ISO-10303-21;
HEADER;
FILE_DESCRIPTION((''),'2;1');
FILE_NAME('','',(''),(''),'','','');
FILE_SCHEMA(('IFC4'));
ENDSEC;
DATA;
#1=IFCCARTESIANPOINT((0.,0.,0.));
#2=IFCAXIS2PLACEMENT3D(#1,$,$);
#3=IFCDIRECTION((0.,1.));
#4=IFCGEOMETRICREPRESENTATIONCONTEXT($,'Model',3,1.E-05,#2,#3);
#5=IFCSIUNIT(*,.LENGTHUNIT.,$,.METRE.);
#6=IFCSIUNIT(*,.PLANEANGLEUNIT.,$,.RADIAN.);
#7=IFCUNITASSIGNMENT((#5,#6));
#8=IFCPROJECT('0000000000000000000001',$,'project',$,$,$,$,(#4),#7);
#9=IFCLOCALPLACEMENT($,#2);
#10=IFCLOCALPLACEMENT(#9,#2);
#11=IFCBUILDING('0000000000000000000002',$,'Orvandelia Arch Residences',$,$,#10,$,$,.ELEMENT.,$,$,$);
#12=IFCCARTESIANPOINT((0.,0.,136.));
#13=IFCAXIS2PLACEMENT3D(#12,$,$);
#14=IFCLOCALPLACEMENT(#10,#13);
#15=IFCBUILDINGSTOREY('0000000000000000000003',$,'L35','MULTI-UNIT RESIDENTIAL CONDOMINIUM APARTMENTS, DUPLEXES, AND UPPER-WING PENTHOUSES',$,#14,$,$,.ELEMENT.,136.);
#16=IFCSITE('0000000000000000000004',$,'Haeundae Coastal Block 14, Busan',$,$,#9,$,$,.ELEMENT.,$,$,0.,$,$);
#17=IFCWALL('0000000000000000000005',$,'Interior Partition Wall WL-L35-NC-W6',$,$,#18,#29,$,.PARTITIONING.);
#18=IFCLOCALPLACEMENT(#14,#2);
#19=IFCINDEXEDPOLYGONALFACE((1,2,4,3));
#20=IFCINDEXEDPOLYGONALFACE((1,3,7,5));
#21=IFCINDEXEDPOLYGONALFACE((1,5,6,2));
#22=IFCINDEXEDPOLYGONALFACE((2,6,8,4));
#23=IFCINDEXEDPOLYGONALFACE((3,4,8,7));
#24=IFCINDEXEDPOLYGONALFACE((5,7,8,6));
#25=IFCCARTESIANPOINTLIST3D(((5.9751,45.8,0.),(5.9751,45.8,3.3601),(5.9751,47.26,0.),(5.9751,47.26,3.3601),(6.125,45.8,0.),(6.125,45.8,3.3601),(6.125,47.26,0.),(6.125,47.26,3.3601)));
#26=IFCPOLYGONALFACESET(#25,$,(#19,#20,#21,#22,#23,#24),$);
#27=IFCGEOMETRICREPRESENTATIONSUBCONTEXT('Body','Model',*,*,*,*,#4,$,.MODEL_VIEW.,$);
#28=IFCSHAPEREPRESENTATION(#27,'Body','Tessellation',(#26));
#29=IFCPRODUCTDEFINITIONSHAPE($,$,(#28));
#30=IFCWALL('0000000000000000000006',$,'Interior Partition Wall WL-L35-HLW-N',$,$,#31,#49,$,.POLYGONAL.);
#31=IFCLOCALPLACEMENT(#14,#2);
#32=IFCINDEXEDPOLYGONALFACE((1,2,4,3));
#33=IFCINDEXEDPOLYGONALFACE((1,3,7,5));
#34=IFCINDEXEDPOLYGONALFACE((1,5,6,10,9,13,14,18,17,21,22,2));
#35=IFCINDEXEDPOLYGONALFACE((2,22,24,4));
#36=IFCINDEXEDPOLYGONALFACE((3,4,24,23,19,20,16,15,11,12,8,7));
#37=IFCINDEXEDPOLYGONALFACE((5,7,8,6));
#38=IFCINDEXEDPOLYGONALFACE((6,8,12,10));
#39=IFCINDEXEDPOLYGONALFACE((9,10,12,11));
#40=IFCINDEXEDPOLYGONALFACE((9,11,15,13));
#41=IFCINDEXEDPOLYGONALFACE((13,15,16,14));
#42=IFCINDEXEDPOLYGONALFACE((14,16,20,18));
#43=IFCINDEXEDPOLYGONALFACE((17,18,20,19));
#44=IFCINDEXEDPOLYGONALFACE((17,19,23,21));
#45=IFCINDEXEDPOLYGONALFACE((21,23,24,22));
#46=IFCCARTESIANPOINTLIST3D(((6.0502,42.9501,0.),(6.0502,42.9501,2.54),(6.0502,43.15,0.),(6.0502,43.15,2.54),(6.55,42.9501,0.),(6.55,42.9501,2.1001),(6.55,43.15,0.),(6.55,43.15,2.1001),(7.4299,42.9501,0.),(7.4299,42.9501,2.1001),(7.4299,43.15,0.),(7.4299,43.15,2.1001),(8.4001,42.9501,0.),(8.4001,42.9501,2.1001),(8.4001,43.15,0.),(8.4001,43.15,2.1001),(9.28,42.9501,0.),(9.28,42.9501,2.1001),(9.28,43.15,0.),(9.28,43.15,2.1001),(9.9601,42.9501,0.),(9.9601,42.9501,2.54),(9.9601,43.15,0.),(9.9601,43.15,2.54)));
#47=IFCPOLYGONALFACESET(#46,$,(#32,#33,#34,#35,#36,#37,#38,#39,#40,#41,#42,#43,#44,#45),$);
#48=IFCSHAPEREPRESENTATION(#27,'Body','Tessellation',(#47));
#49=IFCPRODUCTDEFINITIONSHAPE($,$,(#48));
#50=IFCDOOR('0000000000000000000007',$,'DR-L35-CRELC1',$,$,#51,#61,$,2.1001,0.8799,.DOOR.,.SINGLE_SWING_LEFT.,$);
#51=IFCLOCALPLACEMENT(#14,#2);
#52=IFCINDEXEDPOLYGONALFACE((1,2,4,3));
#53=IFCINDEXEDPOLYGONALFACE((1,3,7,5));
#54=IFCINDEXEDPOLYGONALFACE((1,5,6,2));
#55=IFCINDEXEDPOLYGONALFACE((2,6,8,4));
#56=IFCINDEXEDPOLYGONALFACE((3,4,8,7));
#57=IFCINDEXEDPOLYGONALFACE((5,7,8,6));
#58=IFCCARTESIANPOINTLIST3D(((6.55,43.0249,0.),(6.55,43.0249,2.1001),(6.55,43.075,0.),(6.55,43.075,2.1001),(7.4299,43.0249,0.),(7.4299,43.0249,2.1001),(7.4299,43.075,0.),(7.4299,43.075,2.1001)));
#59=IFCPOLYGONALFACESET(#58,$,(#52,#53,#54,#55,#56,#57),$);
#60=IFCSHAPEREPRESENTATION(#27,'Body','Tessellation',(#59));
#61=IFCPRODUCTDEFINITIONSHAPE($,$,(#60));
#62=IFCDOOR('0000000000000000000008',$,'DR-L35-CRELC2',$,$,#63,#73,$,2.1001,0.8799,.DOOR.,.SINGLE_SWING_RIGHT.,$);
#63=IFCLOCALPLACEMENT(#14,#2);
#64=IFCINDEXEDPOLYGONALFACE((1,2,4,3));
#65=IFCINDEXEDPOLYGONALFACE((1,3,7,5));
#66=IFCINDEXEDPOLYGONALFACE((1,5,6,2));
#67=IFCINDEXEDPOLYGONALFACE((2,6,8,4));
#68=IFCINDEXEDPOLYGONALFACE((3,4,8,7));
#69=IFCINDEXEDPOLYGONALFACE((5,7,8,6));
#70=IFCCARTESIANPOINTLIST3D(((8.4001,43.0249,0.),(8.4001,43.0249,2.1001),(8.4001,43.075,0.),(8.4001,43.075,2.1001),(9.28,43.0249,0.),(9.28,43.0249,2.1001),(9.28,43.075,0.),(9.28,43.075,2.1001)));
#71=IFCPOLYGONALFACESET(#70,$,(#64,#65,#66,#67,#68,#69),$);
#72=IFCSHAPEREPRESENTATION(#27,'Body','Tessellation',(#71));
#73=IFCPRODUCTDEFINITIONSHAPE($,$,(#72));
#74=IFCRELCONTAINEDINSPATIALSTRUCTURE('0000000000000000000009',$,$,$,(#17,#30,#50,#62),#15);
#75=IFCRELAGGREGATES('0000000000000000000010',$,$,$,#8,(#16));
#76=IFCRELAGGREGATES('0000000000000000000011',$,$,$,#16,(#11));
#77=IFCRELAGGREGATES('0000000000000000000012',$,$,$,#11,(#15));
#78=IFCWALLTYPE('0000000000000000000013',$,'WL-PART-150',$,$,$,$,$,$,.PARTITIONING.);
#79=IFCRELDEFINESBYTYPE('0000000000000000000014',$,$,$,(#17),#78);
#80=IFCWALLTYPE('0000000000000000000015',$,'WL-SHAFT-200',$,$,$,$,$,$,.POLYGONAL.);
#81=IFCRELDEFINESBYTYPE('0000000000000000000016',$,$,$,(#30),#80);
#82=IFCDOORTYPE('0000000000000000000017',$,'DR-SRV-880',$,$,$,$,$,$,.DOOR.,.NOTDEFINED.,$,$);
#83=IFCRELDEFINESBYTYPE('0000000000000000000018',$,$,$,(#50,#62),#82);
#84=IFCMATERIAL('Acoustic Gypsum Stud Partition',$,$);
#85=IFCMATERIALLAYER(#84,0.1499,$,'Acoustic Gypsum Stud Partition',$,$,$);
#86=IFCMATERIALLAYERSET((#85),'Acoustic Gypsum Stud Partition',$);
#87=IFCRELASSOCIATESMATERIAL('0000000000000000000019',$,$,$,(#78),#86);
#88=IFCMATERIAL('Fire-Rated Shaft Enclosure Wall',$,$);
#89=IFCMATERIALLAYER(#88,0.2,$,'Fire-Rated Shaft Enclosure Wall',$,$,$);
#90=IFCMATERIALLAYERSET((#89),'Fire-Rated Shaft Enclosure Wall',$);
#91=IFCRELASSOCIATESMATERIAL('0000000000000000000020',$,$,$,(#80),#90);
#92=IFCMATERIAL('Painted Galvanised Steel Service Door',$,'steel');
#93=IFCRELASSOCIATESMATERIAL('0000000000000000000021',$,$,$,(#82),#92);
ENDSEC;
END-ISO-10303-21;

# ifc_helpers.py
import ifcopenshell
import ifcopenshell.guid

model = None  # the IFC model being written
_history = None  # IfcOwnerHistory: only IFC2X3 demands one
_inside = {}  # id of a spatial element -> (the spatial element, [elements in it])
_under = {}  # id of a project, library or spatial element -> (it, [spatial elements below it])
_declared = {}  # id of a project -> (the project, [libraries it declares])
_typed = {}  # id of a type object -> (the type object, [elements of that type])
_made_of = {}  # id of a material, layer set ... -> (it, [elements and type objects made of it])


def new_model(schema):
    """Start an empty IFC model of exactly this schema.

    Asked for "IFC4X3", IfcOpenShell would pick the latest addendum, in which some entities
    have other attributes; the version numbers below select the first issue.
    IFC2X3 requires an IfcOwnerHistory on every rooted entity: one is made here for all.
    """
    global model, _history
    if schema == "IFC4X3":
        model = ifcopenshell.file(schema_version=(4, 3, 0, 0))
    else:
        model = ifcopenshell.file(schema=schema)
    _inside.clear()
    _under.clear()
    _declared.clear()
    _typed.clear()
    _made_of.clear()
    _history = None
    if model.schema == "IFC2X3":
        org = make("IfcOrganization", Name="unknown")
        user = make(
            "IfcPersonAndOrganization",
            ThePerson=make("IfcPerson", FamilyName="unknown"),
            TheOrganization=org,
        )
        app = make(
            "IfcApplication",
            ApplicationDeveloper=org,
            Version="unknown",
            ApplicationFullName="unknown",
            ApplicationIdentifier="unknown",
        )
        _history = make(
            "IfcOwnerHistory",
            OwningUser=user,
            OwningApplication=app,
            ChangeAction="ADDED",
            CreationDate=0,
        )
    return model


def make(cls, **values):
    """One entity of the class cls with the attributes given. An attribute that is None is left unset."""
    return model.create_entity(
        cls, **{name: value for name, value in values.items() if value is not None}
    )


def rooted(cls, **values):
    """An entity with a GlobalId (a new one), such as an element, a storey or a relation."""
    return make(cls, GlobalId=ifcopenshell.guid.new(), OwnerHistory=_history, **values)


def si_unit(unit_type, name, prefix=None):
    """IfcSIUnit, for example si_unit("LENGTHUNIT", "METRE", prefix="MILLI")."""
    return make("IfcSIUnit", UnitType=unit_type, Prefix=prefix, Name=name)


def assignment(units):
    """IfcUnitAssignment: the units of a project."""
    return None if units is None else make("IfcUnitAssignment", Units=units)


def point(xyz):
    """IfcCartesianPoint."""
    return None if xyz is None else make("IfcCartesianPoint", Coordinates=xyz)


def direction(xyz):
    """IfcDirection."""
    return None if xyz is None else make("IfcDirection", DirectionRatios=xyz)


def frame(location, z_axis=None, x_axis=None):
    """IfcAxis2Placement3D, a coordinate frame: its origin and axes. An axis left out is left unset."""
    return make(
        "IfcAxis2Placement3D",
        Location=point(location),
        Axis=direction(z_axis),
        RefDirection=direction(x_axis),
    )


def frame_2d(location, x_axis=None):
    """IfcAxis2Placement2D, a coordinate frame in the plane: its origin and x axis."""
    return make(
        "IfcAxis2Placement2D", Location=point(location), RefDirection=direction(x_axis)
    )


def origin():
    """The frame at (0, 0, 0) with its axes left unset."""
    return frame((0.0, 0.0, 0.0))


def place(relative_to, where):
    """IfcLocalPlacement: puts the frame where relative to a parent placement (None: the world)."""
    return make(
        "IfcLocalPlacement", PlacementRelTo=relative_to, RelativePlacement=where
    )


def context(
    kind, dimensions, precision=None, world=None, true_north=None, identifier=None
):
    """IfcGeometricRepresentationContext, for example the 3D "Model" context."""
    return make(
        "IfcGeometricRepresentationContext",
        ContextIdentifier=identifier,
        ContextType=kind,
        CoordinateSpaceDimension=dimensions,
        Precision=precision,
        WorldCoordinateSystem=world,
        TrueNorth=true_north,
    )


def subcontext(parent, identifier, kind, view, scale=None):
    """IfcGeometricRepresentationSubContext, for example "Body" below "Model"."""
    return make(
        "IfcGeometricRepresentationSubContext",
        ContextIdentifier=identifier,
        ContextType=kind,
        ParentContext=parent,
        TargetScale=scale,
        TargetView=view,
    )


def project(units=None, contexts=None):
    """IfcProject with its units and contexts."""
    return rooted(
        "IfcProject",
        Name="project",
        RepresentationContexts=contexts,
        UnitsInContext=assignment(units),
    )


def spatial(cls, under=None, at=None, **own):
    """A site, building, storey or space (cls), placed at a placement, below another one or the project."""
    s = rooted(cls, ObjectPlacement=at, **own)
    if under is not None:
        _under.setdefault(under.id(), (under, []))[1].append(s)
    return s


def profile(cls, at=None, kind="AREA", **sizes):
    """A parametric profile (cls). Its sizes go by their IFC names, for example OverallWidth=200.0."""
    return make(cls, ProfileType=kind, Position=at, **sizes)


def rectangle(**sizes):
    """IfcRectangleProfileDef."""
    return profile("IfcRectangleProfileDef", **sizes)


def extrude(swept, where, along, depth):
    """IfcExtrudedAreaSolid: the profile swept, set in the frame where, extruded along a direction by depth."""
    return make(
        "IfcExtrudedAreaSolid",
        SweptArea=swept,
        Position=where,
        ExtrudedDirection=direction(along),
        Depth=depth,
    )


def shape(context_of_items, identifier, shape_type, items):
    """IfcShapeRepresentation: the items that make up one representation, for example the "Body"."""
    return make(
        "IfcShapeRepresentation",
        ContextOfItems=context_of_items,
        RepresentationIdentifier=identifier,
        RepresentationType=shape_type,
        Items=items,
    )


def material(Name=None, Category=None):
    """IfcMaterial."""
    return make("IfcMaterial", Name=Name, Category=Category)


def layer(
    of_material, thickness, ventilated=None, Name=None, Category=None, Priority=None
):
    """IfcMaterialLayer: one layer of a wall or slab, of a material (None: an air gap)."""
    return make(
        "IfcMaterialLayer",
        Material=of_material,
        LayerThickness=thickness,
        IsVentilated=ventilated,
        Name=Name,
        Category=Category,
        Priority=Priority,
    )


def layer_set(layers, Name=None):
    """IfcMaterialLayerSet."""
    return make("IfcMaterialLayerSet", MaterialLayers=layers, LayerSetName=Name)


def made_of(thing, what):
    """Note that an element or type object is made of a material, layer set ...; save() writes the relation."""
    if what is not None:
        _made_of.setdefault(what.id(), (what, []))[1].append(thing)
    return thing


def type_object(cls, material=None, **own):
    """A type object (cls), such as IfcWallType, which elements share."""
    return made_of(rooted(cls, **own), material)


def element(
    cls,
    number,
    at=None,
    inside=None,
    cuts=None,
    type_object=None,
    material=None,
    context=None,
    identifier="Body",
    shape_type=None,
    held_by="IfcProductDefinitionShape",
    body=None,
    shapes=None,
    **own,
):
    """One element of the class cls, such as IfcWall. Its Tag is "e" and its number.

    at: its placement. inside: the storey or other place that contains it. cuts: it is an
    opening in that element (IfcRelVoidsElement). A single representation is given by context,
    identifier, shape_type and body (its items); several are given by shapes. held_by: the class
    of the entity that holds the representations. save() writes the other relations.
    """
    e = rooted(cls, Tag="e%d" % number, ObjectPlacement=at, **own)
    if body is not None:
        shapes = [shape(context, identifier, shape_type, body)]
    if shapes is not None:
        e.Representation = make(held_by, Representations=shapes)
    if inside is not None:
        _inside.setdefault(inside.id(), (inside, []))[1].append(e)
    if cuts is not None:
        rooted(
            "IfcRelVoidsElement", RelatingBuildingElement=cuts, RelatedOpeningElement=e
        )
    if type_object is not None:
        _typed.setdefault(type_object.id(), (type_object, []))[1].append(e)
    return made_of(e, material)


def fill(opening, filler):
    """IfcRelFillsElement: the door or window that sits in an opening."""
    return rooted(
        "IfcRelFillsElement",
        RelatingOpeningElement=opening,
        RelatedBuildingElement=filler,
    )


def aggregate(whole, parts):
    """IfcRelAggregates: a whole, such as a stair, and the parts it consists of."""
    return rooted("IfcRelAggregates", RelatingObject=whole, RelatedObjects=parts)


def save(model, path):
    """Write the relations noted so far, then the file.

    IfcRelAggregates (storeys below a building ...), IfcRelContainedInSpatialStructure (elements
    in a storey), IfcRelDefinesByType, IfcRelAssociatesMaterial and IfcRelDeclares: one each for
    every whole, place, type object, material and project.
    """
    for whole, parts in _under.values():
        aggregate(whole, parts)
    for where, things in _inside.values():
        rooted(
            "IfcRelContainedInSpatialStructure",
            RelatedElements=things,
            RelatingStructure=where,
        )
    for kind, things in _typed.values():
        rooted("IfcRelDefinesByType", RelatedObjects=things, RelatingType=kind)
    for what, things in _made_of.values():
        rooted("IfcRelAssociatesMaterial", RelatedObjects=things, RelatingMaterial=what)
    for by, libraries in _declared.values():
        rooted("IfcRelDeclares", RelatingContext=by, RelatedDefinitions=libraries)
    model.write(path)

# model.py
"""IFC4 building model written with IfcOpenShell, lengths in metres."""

from ifc_helpers import new_model, si_unit, direction, frame, frame_2d, origin, place, context, subcontext, project, spatial, rectangle, extrude, material, layer, layer_set, type_object, element, fill, save


model = new_model("IFC4")

# Units and contexts
model_context = context("Model", 3, precision=1e-05, world=origin(), true_north=direction((0.0, 1.0)))
body_context = subcontext(model_context, "Body", "Model", "MODEL_VIEW")
ifc_project = project(units=[si_unit("LENGTHUNIT", "METRE"), si_unit("PLANEANGLEUNIT", "RADIAN")], contexts=[model_context])

# Site, building, storey
site_placement = place(None, origin())
site = spatial("IfcSite", under=ifc_project, at=site_placement, Name="Haeundae Coastal Block 14, Busan", CompositionType="ELEMENT", RefElevation=0.0)
building_placement = place(site_placement, origin())
building = spatial("IfcBuilding", under=site, at=building_placement, Name="Orvandelia Arch Residences", CompositionType="ELEMENT")
storey_placement = place(building_placement, frame((0.0, 0.0, 136.0)))
storey = spatial("IfcBuildingStorey", under=building, at=storey_placement, Name="L35", Description="MULTI-UNIT RESIDENTIAL CONDOMINIUM APARTMENTS, DUPLEXES, AND UPPER-WING PENTHOUSES", CompositionType="ELEMENT", Elevation=136.0)

# Wall
ifc_material_1 = material(Name="Acoustic Gypsum Stud Partition")
ifc_layer_1 = layer(ifc_material_1, 0.1499, Name="Acoustic Gypsum Stud Partition")
ifc_layer_set_1 = layer_set([ifc_layer_1], Name="Acoustic Gypsum Stud Partition")
wall_type_1 = type_object("IfcWallType", Name="WL-PART-150", PredefinedType="PARTITIONING", material=ifc_layer_set_1)
wall_1_placement = place(storey_placement, frame((6.05, 45.8, 0.0), z_axis=(0.0, 0.0, 1.0), x_axis=(0.0, 1.0, 0.0)))
element("IfcWall", 1, at=wall_1_placement, inside=storey, type_object=wall_type_1, Name="Interior Partition Wall WL-L35-NC-W6", PredefinedType="PARTITIONING", context=body_context, shape_type="SweptSolid", body=[
    extrude(rectangle(XDim=1.46, YDim=0.1499, at=frame_2d((0.73, 0.0))), origin(), (0.0, 0.0, 1.0), 3.3601),
])

# Wall, openings, doors
ifc_material_2 = material(Name="Fire-Rated Shaft Enclosure Wall")
ifc_layer_2 = layer(ifc_material_2, 0.2, Name="Fire-Rated Shaft Enclosure Wall")
ifc_layer_set_2 = layer_set([ifc_layer_2], Name="Fire-Rated Shaft Enclosure Wall")
wall_type_2 = type_object("IfcWallType", Name="WL-SHAFT-200", PredefinedType="POLYGONAL", material=ifc_layer_set_2)
wall_2_placement = place(storey_placement, frame((6.05, 43.05, 0.0), z_axis=(0.0, 0.0, 1.0), x_axis=(1.0, 0.0, 0.0)))
wall_2 = element("IfcWall", 2, at=wall_2_placement, inside=storey, type_object=wall_type_2, Name="Interior Partition Wall WL-L35-HLW-N", PredefinedType="POLYGONAL", context=body_context, shape_type="SweptSolid", body=[
    extrude(rectangle(XDim=3.9099, YDim=0.2, at=frame_2d((1.9551, 0.0))), origin(), (0.0, 0.0, 1.0), 2.54),
])
opening_1_placement = place(wall_2_placement, frame((0.5, 0.0, 0.0)))
opening_1 = element("IfcOpeningElement", 3, at=opening_1_placement, cuts=wall_2, PredefinedType="OPENING", context=body_context, shape_type="SweptSolid", body=[
    extrude(rectangle(XDim=0.8799, YDim=2.1001, at=frame_2d((0.4399, 1.05))), frame((0.0, 0.1099, 0.0), z_axis=(0.0, -1.0, 0.0), x_axis=(1.0, 0.0, 0.0)), (0.0, 0.0, 1.0), 0.22),
])
opening_2_placement = place(wall_2_placement, frame((2.3501, 0.0, 0.0)))
opening_2 = element("IfcOpeningElement", 4, at=opening_2_placement, cuts=wall_2, PredefinedType="OPENING", context=body_context, shape_type="SweptSolid", body=[
    extrude(rectangle(XDim=0.8799, YDim=2.1001, at=frame_2d((0.4399, 1.05))), frame((0.0, 0.1099, 0.0), z_axis=(0.0, -1.0, 0.0), x_axis=(1.0, 0.0, 0.0)), (0.0, 0.0, 1.0), 0.22),
])
ifc_material_3 = material(Name="Painted Galvanised Steel Service Door", Category="steel")
door_type = type_object("IfcDoorType", Name="DR-SRV-880", OperationType="NOTDEFINED", PredefinedType="DOOR", material=ifc_material_3)
door_1_placement = place(opening_1_placement, origin())
door_1 = element("IfcDoor", 5, at=door_1_placement, inside=storey, type_object=door_type, Name="DR-L35-CRELC1", OperationType="SINGLE_SWING_LEFT", OverallHeight=2.1001, OverallWidth=0.8799, PredefinedType="DOOR", context=body_context, shape_type="SweptSolid", body=[
    extrude(rectangle(XDim=0.8799, YDim=2.1001, at=frame_2d((0.4399, 1.05))), frame((0.0, 0.0249, 0.0), z_axis=(0.0, -1.0, 0.0), x_axis=(1.0, 0.0, 0.0)), (0.0, 0.0, 1.0), 0.05),
])
fill(opening_1, door_1)
door_2_placement = place(opening_2_placement, origin())
door_2 = element("IfcDoor", 6, at=door_2_placement, inside=storey, type_object=door_type, Name="DR-L35-CRELC2", OperationType="SINGLE_SWING_RIGHT", OverallHeight=2.1001, OverallWidth=0.8799, PredefinedType="DOOR", context=body_context, shape_type="SweptSolid", body=[
    extrude(rectangle(XDim=0.8799, YDim=2.1001, at=frame_2d((0.4399, 1.05))), frame((0.0, 0.0249, 0.0), z_axis=(0.0, -1.0, 0.0), x_axis=(1.0, 0.0, 0.0)), (0.0, 0.0, 1.0), 0.05),
])
fill(opening_2, door_2)

save(model, "model.ifc")
